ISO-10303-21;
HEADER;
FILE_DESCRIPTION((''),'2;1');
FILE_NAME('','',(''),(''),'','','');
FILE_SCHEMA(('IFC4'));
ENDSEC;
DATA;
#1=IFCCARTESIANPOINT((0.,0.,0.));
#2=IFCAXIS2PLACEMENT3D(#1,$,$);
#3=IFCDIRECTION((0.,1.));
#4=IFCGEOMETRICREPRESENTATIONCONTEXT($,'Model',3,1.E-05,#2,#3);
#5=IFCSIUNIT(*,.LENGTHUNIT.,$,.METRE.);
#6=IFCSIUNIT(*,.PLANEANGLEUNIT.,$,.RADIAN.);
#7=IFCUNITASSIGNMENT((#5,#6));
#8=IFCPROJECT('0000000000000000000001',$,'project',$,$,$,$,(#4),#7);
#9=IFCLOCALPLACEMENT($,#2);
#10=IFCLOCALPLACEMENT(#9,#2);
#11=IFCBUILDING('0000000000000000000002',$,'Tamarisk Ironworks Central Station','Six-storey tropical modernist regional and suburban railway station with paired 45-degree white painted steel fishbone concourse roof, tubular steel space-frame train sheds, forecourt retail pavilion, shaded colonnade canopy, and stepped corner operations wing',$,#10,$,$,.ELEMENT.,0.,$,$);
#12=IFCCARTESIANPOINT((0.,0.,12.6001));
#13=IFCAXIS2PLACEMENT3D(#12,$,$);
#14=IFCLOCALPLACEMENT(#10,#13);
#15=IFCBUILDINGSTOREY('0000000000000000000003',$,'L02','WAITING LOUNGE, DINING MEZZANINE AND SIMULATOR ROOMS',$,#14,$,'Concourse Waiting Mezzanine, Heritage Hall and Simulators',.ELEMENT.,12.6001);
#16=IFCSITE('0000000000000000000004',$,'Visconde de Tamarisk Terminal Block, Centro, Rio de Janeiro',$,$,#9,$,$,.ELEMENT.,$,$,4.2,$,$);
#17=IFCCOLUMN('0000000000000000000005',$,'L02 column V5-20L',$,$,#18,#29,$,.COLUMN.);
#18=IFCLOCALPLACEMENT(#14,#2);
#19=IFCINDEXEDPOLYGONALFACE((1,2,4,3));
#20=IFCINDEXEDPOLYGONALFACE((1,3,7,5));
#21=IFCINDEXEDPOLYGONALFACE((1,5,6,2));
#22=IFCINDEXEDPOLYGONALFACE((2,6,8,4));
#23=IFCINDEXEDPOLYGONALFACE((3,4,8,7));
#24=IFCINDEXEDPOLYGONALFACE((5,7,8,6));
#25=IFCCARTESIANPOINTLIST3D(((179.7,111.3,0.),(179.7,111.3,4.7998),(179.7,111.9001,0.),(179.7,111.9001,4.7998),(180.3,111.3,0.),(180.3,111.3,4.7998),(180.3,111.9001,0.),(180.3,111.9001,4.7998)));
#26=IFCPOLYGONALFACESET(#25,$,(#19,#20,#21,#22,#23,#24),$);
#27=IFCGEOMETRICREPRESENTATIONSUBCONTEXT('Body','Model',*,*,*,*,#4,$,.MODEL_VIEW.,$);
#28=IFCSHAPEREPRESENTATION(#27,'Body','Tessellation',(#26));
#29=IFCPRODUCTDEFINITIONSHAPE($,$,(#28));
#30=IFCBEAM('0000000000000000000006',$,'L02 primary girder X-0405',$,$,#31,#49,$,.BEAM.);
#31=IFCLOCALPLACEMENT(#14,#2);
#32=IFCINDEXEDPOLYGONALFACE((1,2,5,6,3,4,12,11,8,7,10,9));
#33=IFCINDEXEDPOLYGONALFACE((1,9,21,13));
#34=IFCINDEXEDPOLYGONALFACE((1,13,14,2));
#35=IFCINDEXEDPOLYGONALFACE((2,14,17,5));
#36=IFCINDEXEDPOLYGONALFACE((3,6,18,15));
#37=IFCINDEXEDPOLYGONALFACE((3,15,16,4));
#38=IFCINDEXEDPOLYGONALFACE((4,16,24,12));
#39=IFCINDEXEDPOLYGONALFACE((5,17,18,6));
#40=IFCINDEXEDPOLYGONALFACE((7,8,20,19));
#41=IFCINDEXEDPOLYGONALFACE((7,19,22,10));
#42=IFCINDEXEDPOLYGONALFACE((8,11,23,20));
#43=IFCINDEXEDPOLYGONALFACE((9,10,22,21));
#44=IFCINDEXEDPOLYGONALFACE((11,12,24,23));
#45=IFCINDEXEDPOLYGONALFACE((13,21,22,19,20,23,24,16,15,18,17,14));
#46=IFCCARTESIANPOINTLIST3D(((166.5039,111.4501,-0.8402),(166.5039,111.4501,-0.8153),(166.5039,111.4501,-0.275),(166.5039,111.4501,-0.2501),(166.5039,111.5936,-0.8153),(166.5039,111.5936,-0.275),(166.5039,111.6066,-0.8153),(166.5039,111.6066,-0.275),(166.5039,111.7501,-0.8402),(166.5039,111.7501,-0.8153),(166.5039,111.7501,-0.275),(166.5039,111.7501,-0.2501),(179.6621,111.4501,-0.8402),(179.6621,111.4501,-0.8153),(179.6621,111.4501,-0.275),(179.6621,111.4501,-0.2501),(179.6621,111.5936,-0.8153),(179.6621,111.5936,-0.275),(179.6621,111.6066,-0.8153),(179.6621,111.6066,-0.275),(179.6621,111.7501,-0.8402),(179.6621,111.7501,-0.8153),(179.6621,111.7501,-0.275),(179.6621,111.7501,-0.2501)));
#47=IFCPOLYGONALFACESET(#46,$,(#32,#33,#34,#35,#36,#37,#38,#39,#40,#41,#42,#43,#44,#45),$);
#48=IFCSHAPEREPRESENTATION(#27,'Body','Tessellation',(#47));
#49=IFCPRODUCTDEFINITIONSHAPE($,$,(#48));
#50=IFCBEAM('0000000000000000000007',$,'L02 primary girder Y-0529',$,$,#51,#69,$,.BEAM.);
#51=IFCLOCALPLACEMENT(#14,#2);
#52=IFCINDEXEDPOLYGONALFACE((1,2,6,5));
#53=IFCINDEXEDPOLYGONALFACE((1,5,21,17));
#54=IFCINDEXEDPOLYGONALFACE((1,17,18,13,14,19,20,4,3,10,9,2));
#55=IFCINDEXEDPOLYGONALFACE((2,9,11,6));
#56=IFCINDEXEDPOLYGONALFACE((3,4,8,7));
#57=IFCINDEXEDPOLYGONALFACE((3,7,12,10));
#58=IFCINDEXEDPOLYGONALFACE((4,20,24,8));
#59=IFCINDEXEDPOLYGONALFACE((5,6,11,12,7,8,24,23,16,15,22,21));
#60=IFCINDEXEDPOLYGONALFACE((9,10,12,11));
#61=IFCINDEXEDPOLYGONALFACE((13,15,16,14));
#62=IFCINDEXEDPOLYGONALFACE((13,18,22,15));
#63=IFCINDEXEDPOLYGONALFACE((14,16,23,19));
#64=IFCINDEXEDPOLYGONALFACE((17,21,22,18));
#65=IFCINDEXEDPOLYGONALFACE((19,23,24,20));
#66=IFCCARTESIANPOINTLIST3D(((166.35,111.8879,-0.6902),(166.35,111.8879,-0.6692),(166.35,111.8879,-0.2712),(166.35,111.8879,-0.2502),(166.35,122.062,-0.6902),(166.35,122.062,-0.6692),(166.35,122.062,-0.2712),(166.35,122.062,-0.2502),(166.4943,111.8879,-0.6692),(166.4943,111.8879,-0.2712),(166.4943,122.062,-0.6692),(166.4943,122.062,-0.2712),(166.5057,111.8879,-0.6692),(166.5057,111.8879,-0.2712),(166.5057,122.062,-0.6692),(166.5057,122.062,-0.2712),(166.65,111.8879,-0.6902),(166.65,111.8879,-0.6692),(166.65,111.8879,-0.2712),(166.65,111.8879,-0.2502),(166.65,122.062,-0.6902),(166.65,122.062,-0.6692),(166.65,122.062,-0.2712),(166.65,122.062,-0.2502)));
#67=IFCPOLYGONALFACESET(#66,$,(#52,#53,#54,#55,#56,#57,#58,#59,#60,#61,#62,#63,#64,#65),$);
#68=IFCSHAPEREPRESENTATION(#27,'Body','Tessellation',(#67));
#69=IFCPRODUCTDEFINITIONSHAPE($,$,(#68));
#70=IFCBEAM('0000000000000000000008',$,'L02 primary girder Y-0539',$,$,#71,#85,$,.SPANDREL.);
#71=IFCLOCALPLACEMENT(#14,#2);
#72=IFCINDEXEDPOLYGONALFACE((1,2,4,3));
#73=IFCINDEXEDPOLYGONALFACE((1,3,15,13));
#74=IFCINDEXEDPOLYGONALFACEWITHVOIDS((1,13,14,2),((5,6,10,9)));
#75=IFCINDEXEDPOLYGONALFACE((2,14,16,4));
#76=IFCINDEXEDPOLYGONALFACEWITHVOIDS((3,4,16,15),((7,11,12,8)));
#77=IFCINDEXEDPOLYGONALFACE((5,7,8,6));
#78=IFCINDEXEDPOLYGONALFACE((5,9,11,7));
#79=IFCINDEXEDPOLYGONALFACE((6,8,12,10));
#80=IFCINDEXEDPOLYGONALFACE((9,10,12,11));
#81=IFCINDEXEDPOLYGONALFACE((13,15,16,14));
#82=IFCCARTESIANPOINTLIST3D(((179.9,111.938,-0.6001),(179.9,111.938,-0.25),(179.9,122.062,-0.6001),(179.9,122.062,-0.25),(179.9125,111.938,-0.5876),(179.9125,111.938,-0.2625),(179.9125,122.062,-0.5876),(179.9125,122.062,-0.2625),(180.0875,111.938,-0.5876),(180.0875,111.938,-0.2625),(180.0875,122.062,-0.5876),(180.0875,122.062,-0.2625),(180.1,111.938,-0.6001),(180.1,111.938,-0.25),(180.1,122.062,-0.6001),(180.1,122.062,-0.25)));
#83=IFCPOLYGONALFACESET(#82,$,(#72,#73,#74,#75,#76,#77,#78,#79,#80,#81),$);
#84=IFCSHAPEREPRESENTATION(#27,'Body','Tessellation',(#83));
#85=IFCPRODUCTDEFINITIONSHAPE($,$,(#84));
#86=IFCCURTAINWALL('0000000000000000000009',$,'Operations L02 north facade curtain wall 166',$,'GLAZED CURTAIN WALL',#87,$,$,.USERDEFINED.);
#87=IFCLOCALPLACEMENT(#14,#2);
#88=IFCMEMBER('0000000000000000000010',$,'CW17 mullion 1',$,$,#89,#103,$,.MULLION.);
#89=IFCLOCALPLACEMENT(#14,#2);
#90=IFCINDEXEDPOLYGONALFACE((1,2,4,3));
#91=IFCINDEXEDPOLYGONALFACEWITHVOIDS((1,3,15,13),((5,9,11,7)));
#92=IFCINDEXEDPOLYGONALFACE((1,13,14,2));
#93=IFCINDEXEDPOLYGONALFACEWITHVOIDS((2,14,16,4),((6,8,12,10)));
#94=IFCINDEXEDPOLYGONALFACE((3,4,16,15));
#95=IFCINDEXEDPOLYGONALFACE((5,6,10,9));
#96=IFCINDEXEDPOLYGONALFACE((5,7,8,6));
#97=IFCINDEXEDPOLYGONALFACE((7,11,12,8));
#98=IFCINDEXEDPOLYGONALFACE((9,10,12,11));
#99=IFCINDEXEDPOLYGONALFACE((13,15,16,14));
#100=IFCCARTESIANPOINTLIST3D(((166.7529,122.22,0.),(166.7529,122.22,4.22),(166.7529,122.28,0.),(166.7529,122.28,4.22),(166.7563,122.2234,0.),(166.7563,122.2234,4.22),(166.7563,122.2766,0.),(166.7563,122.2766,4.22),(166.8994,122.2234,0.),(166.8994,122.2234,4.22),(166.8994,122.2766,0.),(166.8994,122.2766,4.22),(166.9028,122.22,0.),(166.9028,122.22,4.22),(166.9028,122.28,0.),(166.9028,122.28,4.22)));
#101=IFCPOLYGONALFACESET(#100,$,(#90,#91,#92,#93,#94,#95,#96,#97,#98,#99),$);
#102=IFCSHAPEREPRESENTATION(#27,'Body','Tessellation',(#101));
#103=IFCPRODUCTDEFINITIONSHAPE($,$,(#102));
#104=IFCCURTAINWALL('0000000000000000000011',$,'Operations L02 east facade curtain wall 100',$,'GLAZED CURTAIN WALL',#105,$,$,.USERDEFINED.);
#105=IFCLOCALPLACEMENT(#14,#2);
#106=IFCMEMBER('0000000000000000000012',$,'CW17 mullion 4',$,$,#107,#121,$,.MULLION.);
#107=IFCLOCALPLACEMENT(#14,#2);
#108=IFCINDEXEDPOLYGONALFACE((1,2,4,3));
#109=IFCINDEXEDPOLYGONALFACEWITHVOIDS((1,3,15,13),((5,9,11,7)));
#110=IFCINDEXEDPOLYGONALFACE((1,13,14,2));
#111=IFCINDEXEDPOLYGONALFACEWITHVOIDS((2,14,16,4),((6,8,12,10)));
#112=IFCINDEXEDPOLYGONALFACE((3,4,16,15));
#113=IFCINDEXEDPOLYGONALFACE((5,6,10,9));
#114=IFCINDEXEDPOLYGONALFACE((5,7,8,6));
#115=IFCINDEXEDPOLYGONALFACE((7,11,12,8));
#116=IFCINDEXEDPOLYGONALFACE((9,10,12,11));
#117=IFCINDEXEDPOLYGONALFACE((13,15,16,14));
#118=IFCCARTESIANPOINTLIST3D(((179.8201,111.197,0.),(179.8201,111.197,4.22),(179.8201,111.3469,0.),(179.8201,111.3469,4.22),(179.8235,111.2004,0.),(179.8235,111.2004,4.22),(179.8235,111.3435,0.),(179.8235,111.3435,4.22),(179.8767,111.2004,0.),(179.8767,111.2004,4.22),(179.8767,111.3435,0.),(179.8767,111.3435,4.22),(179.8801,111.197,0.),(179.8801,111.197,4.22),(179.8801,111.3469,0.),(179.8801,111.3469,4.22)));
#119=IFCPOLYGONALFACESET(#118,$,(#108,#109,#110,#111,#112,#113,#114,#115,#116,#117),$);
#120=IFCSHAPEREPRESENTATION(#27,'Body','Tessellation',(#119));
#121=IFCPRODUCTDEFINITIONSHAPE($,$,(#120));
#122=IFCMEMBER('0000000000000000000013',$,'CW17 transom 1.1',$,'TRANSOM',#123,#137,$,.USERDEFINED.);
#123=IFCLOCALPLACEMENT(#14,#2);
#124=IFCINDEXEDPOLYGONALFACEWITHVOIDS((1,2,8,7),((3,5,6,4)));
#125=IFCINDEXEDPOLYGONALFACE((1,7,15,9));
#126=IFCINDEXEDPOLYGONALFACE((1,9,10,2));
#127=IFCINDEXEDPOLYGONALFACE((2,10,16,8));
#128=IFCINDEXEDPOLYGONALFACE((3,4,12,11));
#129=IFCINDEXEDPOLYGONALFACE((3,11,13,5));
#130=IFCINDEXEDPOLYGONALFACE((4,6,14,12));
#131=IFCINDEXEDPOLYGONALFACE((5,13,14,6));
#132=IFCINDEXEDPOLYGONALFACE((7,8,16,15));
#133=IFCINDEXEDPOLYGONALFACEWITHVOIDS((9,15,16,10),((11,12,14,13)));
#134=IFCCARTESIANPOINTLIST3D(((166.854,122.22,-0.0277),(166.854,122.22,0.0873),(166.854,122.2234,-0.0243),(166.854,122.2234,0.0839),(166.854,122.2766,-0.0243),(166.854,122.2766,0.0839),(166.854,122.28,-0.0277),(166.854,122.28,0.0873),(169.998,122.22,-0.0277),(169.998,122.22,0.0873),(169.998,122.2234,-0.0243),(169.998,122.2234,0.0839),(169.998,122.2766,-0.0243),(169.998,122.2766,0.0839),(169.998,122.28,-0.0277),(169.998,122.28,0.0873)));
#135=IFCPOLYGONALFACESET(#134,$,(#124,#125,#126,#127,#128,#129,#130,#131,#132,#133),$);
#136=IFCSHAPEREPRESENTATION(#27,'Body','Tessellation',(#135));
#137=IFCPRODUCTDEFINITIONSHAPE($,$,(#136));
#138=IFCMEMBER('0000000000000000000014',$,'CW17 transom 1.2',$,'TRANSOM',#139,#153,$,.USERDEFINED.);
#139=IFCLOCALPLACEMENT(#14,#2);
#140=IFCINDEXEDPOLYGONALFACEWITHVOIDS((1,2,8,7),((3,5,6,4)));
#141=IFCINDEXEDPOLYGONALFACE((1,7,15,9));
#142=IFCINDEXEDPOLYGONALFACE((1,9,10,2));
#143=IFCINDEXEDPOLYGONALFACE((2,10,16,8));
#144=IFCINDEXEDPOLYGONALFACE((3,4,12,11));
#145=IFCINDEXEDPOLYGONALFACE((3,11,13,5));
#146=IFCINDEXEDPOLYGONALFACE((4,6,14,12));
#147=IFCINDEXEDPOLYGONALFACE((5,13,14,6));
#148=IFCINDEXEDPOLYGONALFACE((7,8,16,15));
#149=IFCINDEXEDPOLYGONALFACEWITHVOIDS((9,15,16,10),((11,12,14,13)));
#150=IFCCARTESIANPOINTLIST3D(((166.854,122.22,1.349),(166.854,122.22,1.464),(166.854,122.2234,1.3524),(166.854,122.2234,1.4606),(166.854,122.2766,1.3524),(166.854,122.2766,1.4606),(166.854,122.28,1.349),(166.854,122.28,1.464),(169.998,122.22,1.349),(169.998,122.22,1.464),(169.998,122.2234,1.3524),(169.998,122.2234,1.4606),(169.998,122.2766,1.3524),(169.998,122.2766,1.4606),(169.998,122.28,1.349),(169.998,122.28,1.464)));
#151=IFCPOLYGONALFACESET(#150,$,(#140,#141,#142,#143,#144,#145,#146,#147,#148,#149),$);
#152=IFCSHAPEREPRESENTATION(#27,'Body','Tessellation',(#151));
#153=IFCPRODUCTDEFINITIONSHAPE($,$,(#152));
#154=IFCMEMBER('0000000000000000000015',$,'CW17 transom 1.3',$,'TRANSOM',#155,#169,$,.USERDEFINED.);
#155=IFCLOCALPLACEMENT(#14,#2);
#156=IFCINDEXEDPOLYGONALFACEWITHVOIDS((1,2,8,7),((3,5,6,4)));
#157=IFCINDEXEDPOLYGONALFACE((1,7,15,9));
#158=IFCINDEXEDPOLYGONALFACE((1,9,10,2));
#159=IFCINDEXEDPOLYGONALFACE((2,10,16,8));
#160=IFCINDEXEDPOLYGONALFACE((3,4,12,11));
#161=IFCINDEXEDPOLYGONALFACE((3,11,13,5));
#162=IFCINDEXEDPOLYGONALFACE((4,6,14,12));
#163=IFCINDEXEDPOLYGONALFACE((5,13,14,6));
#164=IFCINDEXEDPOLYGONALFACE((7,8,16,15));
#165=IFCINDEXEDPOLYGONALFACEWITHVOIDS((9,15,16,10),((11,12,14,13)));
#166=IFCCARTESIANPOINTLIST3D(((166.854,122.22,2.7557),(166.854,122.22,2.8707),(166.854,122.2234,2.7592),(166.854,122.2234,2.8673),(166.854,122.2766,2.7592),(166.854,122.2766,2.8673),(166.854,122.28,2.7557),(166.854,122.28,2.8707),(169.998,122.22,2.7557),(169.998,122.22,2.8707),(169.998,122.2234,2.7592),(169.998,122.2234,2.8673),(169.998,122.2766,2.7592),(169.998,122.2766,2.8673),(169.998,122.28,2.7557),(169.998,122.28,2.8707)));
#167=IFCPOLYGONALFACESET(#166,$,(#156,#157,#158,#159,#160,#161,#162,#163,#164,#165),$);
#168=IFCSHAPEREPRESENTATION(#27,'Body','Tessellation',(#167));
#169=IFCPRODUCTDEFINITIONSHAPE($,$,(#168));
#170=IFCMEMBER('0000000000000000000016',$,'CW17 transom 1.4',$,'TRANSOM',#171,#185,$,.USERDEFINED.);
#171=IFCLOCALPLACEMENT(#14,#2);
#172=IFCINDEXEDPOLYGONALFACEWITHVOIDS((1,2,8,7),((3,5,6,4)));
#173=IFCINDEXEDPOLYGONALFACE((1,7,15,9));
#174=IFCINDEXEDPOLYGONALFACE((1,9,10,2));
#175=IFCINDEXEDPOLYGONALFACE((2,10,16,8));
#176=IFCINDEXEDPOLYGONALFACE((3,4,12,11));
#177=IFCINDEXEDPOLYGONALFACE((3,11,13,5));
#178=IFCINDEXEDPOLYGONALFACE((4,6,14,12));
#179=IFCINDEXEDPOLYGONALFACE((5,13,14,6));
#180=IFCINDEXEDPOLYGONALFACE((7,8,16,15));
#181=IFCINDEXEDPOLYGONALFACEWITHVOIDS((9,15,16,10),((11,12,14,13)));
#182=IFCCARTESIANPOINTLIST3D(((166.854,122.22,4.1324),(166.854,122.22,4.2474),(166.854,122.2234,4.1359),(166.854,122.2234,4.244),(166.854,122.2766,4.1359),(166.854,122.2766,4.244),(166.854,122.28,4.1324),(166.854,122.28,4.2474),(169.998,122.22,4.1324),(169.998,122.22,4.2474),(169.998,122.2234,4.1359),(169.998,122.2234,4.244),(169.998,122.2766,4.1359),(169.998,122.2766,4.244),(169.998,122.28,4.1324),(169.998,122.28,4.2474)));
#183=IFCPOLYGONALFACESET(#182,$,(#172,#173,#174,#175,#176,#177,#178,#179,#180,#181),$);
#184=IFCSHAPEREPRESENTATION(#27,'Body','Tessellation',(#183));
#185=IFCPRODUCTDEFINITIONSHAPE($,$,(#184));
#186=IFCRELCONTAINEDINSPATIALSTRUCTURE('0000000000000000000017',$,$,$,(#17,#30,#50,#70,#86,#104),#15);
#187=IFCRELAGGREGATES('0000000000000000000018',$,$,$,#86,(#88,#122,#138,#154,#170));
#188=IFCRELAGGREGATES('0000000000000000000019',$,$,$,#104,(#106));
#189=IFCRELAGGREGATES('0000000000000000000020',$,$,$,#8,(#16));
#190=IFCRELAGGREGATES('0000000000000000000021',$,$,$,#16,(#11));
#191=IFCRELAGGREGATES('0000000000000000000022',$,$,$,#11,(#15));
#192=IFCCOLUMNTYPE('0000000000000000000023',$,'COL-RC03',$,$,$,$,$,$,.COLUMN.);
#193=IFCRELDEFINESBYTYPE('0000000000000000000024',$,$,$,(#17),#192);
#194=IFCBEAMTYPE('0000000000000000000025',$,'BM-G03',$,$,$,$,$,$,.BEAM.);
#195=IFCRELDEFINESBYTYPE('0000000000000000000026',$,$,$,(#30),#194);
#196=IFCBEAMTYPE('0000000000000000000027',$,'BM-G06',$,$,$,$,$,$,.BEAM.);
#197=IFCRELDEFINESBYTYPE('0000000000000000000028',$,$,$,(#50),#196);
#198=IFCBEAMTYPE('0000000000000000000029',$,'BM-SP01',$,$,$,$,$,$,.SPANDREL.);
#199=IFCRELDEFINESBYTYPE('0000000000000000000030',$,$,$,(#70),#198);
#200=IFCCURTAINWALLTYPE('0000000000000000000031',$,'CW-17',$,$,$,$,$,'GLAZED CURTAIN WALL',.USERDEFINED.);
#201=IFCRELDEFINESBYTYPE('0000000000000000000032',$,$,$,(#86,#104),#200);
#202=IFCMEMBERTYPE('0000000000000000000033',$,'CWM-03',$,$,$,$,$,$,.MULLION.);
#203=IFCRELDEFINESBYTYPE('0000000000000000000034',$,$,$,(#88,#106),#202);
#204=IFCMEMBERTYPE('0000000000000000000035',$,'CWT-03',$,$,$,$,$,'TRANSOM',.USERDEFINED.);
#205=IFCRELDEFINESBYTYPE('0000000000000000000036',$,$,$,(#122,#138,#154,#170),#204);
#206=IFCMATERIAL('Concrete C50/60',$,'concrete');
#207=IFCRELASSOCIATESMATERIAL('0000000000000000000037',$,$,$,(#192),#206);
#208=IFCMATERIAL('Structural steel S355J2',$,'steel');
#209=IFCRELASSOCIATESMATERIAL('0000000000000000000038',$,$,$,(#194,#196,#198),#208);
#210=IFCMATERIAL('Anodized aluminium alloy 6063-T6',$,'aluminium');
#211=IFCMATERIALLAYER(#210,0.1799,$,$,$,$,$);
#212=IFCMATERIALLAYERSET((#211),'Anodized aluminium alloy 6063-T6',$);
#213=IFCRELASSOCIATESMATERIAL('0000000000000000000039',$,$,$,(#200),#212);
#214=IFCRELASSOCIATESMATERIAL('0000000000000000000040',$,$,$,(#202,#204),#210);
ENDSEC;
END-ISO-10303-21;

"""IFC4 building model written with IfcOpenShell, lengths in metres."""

from ifc_helpers import new_model, si_unit, direction, frame, origin, origin_2d, place, context, subcontext, project, spatial, rectangle, hollow_rectangle, i_section, extrude, material, layer, layer_set, material_profile, profile_set, type_object, element, aggregate, save


model = new_model("IFC4")

# Units and contexts
model_context = context("Model", 3, precision=1e-05, world=origin(), true_north=direction((0.0, 1.0)))
body_context = subcontext(model_context, "Body", "Model", "MODEL_VIEW")
ifc_project = project(units=[si_unit("LENGTHUNIT", "METRE"), si_unit("PLANEANGLEUNIT", "RADIAN")], contexts=[model_context])

# Site, building, storey
site_placement = place(None, origin())
site = spatial("IfcSite", under=ifc_project, at=site_placement, Name="Visconde de Tamarisk Terminal Block, Centro, Rio de Janeiro", CompositionType="ELEMENT", RefElevation=4.2)
building_placement = place(site_placement, origin())
building = spatial("IfcBuilding", under=site, at=building_placement, Name="Tamarisk Ironworks Central Station", Description="Six-storey tropical modernist regional and suburban railway station with paired 45-degree white painted steel fishbone concourse roof, tubular steel space-frame train sheds, forecourt retail pavilion, shaded colonnade canopy, and stepped corner operations wing", CompositionType="ELEMENT", ElevationOfRefHeight=0.0)
storey_placement = place(building_placement, frame((0.0, 0.0, 12.6001)))
storey = spatial("IfcBuildingStorey", under=building, at=storey_placement, Name="L02", Description="WAITING LOUNGE, DINING MEZZANINE AND SIMULATOR ROOMS", LongName="Concourse Waiting Mezzanine, Heritage Hall and Simulators", CompositionType="ELEMENT", Elevation=12.6001)

# Column
ifc_material_1 = material(Name="Concrete C50/60", Category="concrete")
ifc_material_profile_1 = material_profile(ifc_material_1, rectangle(XDim=0.6001, YDim=0.6001, at=origin_2d()), Name="RC 600x600")
ifc_profile_set_1 = profile_set([ifc_material_profile_1], Name="Concrete C50/60")
column_type = type_object("IfcColumnType", Name="COL-RC03", PredefinedType="COLUMN", material=ifc_profile_set_1)
column_placement = place(storey_placement, frame((180.0, 111.6001, 0.0), z_axis=(0.0, 0.0, 1.0), x_axis=(1.0, 0.0, 0.0)))
element("IfcColumn", 1, at=column_placement, inside=storey, type_object=column_type, Name="L02 column V5-20L", PredefinedType="COLUMN", context=body_context, shape_type="SweptSolid", body=[
    extrude(rectangle(XDim=0.6001, YDim=0.6001, at=origin_2d()), origin(), (0.0, 0.0, 1.0), 4.7998),
])

# Beams
ifc_material_2 = material(Name="Structural steel S355J2", Category="steel")
ifc_material_profile_2 = material_profile(ifc_material_2, i_section(OverallWidth=0.3, OverallDepth=0.5901, WebThickness=0.0129, FlangeThickness=0.0249, at=origin_2d()), Name="HEA 600")
ifc_profile_set_2 = profile_set([ifc_material_profile_2], Name="Structural steel S355J2")
beam_type_1 = type_object("IfcBeamType", Name="BM-G03", PredefinedType="BEAM", material=ifc_profile_set_2)
beam_1_placement = place(storey_placement, frame((166.5039, 111.6001, -0.5452), z_axis=(1.0, 0.0, 0.0), x_axis=(0.0, 1.0, 0.0)))
element("IfcBeam", 2, at=beam_1_placement, inside=storey, type_object=beam_type_1, Name="L02 primary girder X-0405", PredefinedType="BEAM", context=body_context, shape_type="SweptSolid", body=[
    extrude(i_section(OverallWidth=0.3, OverallDepth=0.5901, WebThickness=0.0129, FlangeThickness=0.0249, at=origin_2d()), origin(), (0.0, 0.0, 1.0), 13.1582),
])
ifc_material_profile_3 = material_profile(ifc_material_2, i_section(OverallWidth=0.3, OverallDepth=0.4399, WebThickness=0.0115, FlangeThickness=0.021, at=origin_2d()), Name="HEA 450")
ifc_profile_set_3 = profile_set([ifc_material_profile_3], Name="Structural steel S355J2")
beam_type_2 = type_object("IfcBeamType", Name="BM-G06", PredefinedType="BEAM", material=ifc_profile_set_3)
beam_2_placement = place(storey_placement, frame((166.5, 111.8879, -0.4702), z_axis=(0.0, 1.0, 0.0), x_axis=(-1.0, 0.0, 0.0)))
element("IfcBeam", 3, at=beam_2_placement, inside=storey, type_object=beam_type_2, Name="L02 primary girder Y-0529", PredefinedType="BEAM", context=body_context, shape_type="SweptSolid", body=[
    extrude(i_section(OverallWidth=0.3, OverallDepth=0.4399, WebThickness=0.0115, FlangeThickness=0.021, at=origin_2d()), origin(), (0.0, 0.0, 1.0), 10.1741),
])
ifc_material_profile_4 = material_profile(ifc_material_2, hollow_rectangle(XDim=0.2, YDim=0.3501, WallThickness=0.0125, at=origin_2d()), Name="RHS 350x200x12.5")
ifc_profile_set_4 = profile_set([ifc_material_profile_4], Name="Structural steel S355J2")
beam_type_3 = type_object("IfcBeamType", Name="BM-SP01", PredefinedType="SPANDREL", material=ifc_profile_set_4)
beam_3_placement = place(storey_placement, frame((180.0, 111.938, -0.425), z_axis=(0.0, 1.0, 0.0), x_axis=(-1.0, 0.0, 0.0)))
element("IfcBeam", 4, at=beam_3_placement, inside=storey, type_object=beam_type_3, Name="L02 primary girder Y-0539", PredefinedType="SPANDREL", context=body_context, shape_type="SweptSolid", body=[
    extrude(hollow_rectangle(XDim=0.2, YDim=0.3501, WallThickness=0.0125, at=origin_2d()), origin(), (0.0, 0.0, 1.0), 10.124),
])

# Curtain walls, members
ifc_material_3 = material(Name="Anodized aluminium alloy 6063-T6", Category="aluminium")
ifc_layer_1 = layer(ifc_material_3, 0.1799)
ifc_layer_set_1 = layer_set([ifc_layer_1], Name="Anodized aluminium alloy 6063-T6")
curtain_wall_type = type_object("IfcCurtainWallType", Name="CW-17", ElementType="GLAZED CURTAIN WALL", PredefinedType="USERDEFINED", material=ifc_layer_set_1)
curtain_wall_1_placement = place(storey_placement, origin())
curtain_wall_1 = element("IfcCurtainWall", 5, at=curtain_wall_1_placement, inside=storey, type_object=curtain_wall_type, Name="Operations L02 north facade curtain wall 166", ObjectType="GLAZED CURTAIN WALL", PredefinedType="USERDEFINED")
ifc_material_profile_5 = material_profile(ifc_material_3, hollow_rectangle(XDim=0.0601, YDim=0.1499, WallThickness=0.0034, at=origin_2d()), Name="ALUM 150x60")
ifc_profile_set_5 = profile_set([ifc_material_profile_5], Name="Anodized aluminium alloy 6063-T6")
member_type_1 = type_object("IfcMemberType", Name="CWM-03", PredefinedType="MULLION", material=ifc_profile_set_5)
member_1_placement = place(storey_placement, frame((166.8279, 122.25, 0.0), z_axis=(0.0, 0.0, 1.0), x_axis=(0.0, 1.0, 0.0)))
member_1 = element("IfcMember", 6, at=member_1_placement, type_object=member_type_1, Name="CW17 mullion 1", PredefinedType="MULLION", context=body_context, shape_type="SweptSolid", body=[
    extrude(hollow_rectangle(XDim=0.0601, YDim=0.1499, WallThickness=0.0034, at=origin_2d()), origin(), (0.0, 0.0, 1.0), 4.22),
])
curtain_wall_2_placement = place(storey_placement, origin())
curtain_wall_2 = element("IfcCurtainWall", 7, at=curtain_wall_2_placement, inside=storey, type_object=curtain_wall_type, Name="Operations L02 east facade curtain wall 100", ObjectType="GLAZED CURTAIN WALL", PredefinedType="USERDEFINED")
member_2_placement = place(storey_placement, frame((179.8501, 111.272, 0.0), z_axis=(0.0, 0.0, 1.0), x_axis=(-1.0, 0.0, 0.0)))
member_2 = element("IfcMember", 8, at=member_2_placement, type_object=member_type_1, Name="CW17 mullion 4", PredefinedType="MULLION", context=body_context, shape_type="SweptSolid", body=[
    extrude(hollow_rectangle(XDim=0.0601, YDim=0.1499, WallThickness=0.0034, at=origin_2d()), origin(), (0.0, 0.0, 1.0), 4.22),
])

# Members
ifc_material_profile_6 = material_profile(ifc_material_3, hollow_rectangle(XDim=0.0601, YDim=0.115, WallThickness=0.0034, at=origin_2d()), Name="ALUM 115x60")
ifc_profile_set_6 = profile_set([ifc_material_profile_6], Name="Anodized aluminium alloy 6063-T6")
member_type_2 = type_object("IfcMemberType", Name="CWT-03", ElementType="TRANSOM", PredefinedType="USERDEFINED", material=ifc_profile_set_6)
member_3_placement = place(storey_placement, frame((166.854, 122.25, 0.0298), z_axis=(1.0, 0.0, 0.0), x_axis=(0.0, 1.0, 0.0)))
member_3 = element("IfcMember", 9, at=member_3_placement, type_object=member_type_2, Name="CW17 transom 1.1", ObjectType="TRANSOM", PredefinedType="USERDEFINED", context=body_context, shape_type="SweptSolid", body=[
    extrude(hollow_rectangle(XDim=0.0601, YDim=0.115, WallThickness=0.0034, at=origin_2d()), origin(), (0.0, 0.0, 1.0), 3.144),
])
member_4_placement = place(storey_placement, frame((166.854, 122.25, 1.4065), z_axis=(1.0, 0.0, 0.0), x_axis=(0.0, 1.0, 0.0)))
member_4 = element("IfcMember", 10, at=member_4_placement, type_object=member_type_2, Name="CW17 transom 1.2", ObjectType="TRANSOM", PredefinedType="USERDEFINED", context=body_context, shape_type="SweptSolid", body=[
    extrude(hollow_rectangle(XDim=0.0601, YDim=0.115, WallThickness=0.0034, at=origin_2d()), origin(), (0.0, 0.0, 1.0), 3.144),
])
member_5_placement = place(storey_placement, frame((166.854, 122.25, 2.8132), z_axis=(1.0, 0.0, 0.0), x_axis=(0.0, 1.0, 0.0)))
member_5 = element("IfcMember", 11, at=member_5_placement, type_object=member_type_2, Name="CW17 transom 1.3", ObjectType="TRANSOM", PredefinedType="USERDEFINED", context=body_context, shape_type="SweptSolid", body=[
    extrude(hollow_rectangle(XDim=0.0601, YDim=0.115, WallThickness=0.0034, at=origin_2d()), origin(), (0.0, 0.0, 1.0), 3.144),
])
member_6_placement = place(storey_placement, frame((166.854, 122.25, 4.1899), z_axis=(1.0, 0.0, 0.0), x_axis=(0.0, 1.0, 0.0)))
member_6 = element("IfcMember", 12, at=member_6_placement, type_object=member_type_2, Name="CW17 transom 1.4", ObjectType="TRANSOM", PredefinedType="USERDEFINED", context=body_context, shape_type="SweptSolid", body=[
    extrude(hollow_rectangle(XDim=0.0601, YDim=0.115, WallThickness=0.0034, at=origin_2d()), origin(), (0.0, 0.0, 1.0), 3.144),
])

aggregate(curtain_wall_1, [member_1, member_3, member_4, member_5, member_6])
aggregate(curtain_wall_2, [member_2])

save(model, "model.ifc")
